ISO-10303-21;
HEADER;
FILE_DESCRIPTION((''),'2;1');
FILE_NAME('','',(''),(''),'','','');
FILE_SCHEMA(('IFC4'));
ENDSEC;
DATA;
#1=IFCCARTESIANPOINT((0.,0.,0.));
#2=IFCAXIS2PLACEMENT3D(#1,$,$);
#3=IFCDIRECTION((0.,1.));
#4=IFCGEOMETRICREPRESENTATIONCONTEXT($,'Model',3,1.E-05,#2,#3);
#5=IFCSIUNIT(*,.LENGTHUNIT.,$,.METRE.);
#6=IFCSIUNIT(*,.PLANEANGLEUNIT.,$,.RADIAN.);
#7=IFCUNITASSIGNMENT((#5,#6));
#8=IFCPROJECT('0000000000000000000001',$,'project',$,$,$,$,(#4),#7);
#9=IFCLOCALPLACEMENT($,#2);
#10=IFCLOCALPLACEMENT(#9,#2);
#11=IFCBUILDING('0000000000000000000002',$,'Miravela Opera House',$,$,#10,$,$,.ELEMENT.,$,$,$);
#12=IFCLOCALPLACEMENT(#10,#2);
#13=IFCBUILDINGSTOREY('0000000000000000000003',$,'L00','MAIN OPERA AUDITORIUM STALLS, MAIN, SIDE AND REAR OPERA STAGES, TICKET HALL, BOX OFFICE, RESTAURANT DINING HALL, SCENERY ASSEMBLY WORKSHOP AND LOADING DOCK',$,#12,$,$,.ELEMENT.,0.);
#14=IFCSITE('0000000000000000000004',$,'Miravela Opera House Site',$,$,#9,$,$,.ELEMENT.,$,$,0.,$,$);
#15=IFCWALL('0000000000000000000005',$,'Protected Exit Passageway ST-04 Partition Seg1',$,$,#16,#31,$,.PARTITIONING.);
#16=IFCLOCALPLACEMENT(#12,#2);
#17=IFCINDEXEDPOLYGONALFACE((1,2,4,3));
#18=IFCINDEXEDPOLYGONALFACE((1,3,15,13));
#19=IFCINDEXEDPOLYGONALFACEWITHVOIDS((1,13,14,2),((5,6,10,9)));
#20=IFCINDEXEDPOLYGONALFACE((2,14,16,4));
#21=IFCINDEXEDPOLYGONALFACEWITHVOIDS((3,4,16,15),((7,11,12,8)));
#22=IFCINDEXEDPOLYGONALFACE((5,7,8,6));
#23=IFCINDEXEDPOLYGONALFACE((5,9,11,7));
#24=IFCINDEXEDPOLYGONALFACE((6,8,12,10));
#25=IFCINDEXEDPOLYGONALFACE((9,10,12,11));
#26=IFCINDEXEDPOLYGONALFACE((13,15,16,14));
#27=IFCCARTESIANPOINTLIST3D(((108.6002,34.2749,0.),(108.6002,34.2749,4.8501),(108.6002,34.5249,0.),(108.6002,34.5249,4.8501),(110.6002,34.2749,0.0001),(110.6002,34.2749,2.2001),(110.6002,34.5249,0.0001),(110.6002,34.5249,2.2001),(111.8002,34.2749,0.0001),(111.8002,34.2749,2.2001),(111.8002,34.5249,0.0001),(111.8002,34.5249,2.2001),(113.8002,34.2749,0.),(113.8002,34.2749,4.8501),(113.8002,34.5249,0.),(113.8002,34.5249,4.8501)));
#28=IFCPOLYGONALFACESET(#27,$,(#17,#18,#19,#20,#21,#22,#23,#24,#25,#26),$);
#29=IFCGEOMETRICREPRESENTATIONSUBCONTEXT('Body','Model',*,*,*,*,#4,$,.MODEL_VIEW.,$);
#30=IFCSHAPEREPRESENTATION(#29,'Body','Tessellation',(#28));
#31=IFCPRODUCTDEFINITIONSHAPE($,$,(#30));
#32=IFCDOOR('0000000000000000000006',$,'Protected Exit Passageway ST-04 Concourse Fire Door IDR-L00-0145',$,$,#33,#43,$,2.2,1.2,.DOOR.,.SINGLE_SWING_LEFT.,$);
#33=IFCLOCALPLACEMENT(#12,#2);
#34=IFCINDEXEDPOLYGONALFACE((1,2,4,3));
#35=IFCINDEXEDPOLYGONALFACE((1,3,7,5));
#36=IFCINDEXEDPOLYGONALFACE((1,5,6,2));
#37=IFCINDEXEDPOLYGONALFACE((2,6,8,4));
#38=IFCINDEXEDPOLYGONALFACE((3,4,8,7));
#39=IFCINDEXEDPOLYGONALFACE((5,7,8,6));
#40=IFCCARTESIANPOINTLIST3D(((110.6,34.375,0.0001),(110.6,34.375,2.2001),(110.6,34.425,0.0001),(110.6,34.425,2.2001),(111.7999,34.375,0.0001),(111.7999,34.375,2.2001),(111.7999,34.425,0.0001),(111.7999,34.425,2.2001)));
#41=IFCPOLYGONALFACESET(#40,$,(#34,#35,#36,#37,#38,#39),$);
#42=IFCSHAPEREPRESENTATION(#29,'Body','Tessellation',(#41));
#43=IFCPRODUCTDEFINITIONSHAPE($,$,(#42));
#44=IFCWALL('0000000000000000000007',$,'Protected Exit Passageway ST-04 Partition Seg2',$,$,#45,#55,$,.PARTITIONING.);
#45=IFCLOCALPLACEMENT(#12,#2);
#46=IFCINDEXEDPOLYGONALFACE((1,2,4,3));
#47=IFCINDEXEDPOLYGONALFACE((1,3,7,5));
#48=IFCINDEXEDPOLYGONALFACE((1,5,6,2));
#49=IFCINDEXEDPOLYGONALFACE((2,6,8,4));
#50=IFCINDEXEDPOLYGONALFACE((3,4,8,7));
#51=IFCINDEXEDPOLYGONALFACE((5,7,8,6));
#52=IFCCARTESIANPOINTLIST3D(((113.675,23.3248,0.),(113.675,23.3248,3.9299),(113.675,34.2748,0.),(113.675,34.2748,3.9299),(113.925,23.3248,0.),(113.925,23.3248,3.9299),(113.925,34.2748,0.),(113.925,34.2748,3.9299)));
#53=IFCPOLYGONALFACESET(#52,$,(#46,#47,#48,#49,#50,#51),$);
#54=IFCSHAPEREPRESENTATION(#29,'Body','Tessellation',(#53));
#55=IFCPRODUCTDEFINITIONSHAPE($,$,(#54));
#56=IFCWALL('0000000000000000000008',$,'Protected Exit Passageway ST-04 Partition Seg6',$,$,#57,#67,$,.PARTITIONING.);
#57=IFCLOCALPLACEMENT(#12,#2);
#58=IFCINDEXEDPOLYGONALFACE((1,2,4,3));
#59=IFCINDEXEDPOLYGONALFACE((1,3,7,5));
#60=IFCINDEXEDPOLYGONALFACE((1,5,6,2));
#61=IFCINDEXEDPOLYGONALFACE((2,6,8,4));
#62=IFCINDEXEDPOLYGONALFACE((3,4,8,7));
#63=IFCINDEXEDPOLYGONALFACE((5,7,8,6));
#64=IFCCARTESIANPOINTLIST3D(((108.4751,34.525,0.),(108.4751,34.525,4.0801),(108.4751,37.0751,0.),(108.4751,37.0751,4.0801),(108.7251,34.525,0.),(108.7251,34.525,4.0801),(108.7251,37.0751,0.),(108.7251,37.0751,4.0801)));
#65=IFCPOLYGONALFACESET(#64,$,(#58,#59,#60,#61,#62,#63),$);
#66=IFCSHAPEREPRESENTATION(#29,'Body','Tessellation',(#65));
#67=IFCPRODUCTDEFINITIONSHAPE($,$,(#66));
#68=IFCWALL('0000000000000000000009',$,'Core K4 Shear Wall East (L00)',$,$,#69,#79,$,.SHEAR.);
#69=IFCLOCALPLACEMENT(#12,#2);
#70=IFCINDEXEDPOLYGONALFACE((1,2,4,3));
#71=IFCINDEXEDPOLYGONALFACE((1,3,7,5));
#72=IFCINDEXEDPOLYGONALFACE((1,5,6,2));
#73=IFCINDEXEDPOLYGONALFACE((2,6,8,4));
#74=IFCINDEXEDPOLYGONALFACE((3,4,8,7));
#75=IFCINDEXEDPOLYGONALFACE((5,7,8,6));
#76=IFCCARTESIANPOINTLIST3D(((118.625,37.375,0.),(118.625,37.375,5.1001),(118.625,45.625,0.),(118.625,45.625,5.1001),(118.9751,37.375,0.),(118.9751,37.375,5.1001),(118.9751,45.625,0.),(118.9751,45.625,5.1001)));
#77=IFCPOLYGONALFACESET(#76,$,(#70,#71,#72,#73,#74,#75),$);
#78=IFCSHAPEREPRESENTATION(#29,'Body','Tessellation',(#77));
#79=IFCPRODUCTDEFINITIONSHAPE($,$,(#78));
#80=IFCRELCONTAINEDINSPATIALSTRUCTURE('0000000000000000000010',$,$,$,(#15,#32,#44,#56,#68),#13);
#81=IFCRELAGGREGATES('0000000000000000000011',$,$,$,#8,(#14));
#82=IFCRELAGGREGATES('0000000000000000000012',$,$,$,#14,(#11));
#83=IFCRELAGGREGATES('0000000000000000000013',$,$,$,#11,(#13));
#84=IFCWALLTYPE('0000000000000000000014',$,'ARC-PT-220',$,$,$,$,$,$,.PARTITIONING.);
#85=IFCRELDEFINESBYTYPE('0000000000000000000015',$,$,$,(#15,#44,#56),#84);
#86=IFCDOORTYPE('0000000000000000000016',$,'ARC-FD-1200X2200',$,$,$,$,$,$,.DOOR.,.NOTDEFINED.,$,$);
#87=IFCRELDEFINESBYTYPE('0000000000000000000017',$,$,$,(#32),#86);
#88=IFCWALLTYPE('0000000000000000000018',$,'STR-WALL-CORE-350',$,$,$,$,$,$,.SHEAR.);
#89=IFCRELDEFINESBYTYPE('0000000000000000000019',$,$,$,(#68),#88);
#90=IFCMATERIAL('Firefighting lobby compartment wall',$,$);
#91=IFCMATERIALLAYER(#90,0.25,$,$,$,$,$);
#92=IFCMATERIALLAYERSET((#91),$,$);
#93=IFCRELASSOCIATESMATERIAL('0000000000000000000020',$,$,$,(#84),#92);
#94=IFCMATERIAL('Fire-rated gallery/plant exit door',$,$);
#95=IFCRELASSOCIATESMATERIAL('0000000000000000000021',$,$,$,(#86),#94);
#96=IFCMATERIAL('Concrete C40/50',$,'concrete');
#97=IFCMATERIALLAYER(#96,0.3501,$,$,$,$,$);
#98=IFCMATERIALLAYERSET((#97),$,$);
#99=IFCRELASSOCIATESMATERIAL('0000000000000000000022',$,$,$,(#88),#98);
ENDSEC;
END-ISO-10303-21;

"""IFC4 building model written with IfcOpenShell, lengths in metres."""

from ifc_helpers import new_model, si_unit, direction, frame, frame_2d, origin, place, context, subcontext, project, spatial, rectangle, extrude, material, layer, layer_set, type_object, element, fill, save


model = new_model("IFC4")

# Units and contexts
model_context = context("Model", 3, precision=1e-05, world=origin(), true_north=direction((0.0, 1.0)))
body_context = subcontext(model_context, "Body", "Model", "MODEL_VIEW")
ifc_project = project(units=[si_unit("LENGTHUNIT", "METRE"), si_unit("PLANEANGLEUNIT", "RADIAN")], contexts=[model_context])

# Site, building, storey
site_placement = place(None, origin())
site = spatial("IfcSite", under=ifc_project, at=site_placement, Name="Miravela Opera House Site", CompositionType="ELEMENT", RefElevation=0.0)
building_placement = place(site_placement, origin())
building = spatial("IfcBuilding", under=site, at=building_placement, Name="Miravela Opera House", CompositionType="ELEMENT")
storey_placement = place(building_placement, origin())
storey = spatial("IfcBuildingStorey", under=building, at=storey_placement, Name="L00", Description="MAIN OPERA AUDITORIUM STALLS, MAIN, SIDE AND REAR OPERA STAGES, TICKET HALL, BOX OFFICE, RESTAURANT DINING HALL, SCENERY ASSEMBLY WORKSHOP AND LOADING DOCK", CompositionType="ELEMENT", Elevation=0.0)

# Shared definitions
ifc_material_1 = material(Name="Concrete C40/50", Category="concrete")

# Wall, opening, door
ifc_material_2 = material(Name="Firefighting lobby compartment wall")
ifc_layer_1 = layer(ifc_material_2, 0.25)
ifc_layer_set_1 = layer_set([ifc_layer_1])
wall_type_1 = type_object("IfcWallType", Name="ARC-PT-220", PredefinedType="PARTITIONING", material=ifc_layer_set_1)
wall_1_placement = place(storey_placement, frame((108.6001, 34.3999, 0.0), z_axis=(0.0, 0.0, 1.0), x_axis=(1.0, 0.0, 0.0)))
wall_1 = element("IfcWall", 1, at=wall_1_placement, inside=storey, type_object=wall_type_1, Name="Protected Exit Passageway ST-04 Partition Seg1", PredefinedType="PARTITIONING", context=body_context, shape_type="SweptSolid", body=[
    extrude(rectangle(XDim=5.2, YDim=0.25, at=frame_2d((2.6001, 0.0))), origin(), (0.0, 0.0, 1.0), 4.8501),
])
opening_1_placement = place(wall_1_placement, frame((2.0, 0.0, 0.0)))
opening_1 = element("IfcOpeningElement", 2, at=opening_1_placement, cuts=wall_1, PredefinedType="OPENING", context=body_context, shape_type="SweptSolid", body=[
    extrude(rectangle(XDim=1.2, YDim=2.2, at=frame_2d((0.6001, 1.1001))), frame((0.0, 0.135, 0.0), z_axis=(0.0, -1.0, 0.0), x_axis=(1.0, 0.0, 0.0)), (0.0, 0.0, 1.0), 0.27),
])
ifc_material_3 = material(Name="Fire-rated gallery/plant exit door")
door_type_1 = type_object("IfcDoorType", Name="ARC-FD-1200X2200", OperationType="NOTDEFINED", PredefinedType="DOOR", material=ifc_material_3)
door_1_placement = place(opening_1_placement, frame((1.2, 0.0, 0.0), z_axis=(0.0, 0.0, 1.0), x_axis=(-1.0, 0.0, 0.0)))
door_1 = element("IfcDoor", 3, at=door_1_placement, inside=storey, type_object=door_type_1, Name="Protected Exit Passageway ST-04 Concourse Fire Door IDR-L00-0145", OperationType="SINGLE_SWING_LEFT", OverallHeight=2.2, OverallWidth=1.2, PredefinedType="DOOR", context=body_context, shape_type="SweptSolid", body=[
    extrude(rectangle(XDim=1.2, YDim=2.2, at=frame_2d((0.6001, 1.1001))), frame((0.0, 0.0249, 0.0), z_axis=(0.0, -1.0, 0.0), x_axis=(1.0, 0.0, 0.0)), (0.0, 0.0, 1.0), 0.05),
])
fill(opening_1, door_1)

# Walls
wall_2_placement = place(storey_placement, frame((113.8, 34.2749, 0.0), z_axis=(0.0, 0.0, 1.0), x_axis=(0.0, -1.0, 0.0)))
element("IfcWall", 4, at=wall_2_placement, inside=storey, type_object=wall_type_1, Name="Protected Exit Passageway ST-04 Partition Seg2", PredefinedType="PARTITIONING", context=body_context, shape_type="SweptSolid", body=[
    extrude(rectangle(XDim=10.95, YDim=0.25, at=frame_2d((5.4751, 0.0))), origin(), (0.0, 0.0, 1.0), 3.9299),
])
wall_3_placement = place(storey_placement, frame((108.6001, 37.075, 0.0), z_axis=(0.0, 0.0, 1.0), x_axis=(0.0, -1.0, 0.0)))
element("IfcWall", 5, at=wall_3_placement, inside=storey, type_object=wall_type_1, Name="Protected Exit Passageway ST-04 Partition Seg6", PredefinedType="PARTITIONING", context=body_context, shape_type="SweptSolid", body=[
    extrude(rectangle(XDim=2.55, YDim=0.25, at=frame_2d((1.2749, 0.0))), origin(), (0.0, 0.0, 1.0), 4.0801),
])
ifc_layer_2 = layer(ifc_material_1, 0.3501)
ifc_layer_set_2 = layer_set([ifc_layer_2])
wall_type_2 = type_object("IfcWallType", Name="STR-WALL-CORE-350", PredefinedType="SHEAR", material=ifc_layer_set_2)
wall_4_placement = place(storey_placement, frame((118.8, 37.375, 0.0), z_axis=(0.0, 0.0, 1.0), x_axis=(0.0, 1.0, 0.0)))
element("IfcWall", 6, at=wall_4_placement, inside=storey, type_object=wall_type_2, Name="Core K4 Shear Wall East (L00)", PredefinedType="SHEAR", context=body_context, shape_type="SweptSolid", body=[
    extrude(rectangle(XDim=8.25, YDim=0.3501, at=frame_2d((4.125, 0.0))), origin(), (0.0, 0.0, 1.0), 5.1001),
])

save(model, "model.ifc")
